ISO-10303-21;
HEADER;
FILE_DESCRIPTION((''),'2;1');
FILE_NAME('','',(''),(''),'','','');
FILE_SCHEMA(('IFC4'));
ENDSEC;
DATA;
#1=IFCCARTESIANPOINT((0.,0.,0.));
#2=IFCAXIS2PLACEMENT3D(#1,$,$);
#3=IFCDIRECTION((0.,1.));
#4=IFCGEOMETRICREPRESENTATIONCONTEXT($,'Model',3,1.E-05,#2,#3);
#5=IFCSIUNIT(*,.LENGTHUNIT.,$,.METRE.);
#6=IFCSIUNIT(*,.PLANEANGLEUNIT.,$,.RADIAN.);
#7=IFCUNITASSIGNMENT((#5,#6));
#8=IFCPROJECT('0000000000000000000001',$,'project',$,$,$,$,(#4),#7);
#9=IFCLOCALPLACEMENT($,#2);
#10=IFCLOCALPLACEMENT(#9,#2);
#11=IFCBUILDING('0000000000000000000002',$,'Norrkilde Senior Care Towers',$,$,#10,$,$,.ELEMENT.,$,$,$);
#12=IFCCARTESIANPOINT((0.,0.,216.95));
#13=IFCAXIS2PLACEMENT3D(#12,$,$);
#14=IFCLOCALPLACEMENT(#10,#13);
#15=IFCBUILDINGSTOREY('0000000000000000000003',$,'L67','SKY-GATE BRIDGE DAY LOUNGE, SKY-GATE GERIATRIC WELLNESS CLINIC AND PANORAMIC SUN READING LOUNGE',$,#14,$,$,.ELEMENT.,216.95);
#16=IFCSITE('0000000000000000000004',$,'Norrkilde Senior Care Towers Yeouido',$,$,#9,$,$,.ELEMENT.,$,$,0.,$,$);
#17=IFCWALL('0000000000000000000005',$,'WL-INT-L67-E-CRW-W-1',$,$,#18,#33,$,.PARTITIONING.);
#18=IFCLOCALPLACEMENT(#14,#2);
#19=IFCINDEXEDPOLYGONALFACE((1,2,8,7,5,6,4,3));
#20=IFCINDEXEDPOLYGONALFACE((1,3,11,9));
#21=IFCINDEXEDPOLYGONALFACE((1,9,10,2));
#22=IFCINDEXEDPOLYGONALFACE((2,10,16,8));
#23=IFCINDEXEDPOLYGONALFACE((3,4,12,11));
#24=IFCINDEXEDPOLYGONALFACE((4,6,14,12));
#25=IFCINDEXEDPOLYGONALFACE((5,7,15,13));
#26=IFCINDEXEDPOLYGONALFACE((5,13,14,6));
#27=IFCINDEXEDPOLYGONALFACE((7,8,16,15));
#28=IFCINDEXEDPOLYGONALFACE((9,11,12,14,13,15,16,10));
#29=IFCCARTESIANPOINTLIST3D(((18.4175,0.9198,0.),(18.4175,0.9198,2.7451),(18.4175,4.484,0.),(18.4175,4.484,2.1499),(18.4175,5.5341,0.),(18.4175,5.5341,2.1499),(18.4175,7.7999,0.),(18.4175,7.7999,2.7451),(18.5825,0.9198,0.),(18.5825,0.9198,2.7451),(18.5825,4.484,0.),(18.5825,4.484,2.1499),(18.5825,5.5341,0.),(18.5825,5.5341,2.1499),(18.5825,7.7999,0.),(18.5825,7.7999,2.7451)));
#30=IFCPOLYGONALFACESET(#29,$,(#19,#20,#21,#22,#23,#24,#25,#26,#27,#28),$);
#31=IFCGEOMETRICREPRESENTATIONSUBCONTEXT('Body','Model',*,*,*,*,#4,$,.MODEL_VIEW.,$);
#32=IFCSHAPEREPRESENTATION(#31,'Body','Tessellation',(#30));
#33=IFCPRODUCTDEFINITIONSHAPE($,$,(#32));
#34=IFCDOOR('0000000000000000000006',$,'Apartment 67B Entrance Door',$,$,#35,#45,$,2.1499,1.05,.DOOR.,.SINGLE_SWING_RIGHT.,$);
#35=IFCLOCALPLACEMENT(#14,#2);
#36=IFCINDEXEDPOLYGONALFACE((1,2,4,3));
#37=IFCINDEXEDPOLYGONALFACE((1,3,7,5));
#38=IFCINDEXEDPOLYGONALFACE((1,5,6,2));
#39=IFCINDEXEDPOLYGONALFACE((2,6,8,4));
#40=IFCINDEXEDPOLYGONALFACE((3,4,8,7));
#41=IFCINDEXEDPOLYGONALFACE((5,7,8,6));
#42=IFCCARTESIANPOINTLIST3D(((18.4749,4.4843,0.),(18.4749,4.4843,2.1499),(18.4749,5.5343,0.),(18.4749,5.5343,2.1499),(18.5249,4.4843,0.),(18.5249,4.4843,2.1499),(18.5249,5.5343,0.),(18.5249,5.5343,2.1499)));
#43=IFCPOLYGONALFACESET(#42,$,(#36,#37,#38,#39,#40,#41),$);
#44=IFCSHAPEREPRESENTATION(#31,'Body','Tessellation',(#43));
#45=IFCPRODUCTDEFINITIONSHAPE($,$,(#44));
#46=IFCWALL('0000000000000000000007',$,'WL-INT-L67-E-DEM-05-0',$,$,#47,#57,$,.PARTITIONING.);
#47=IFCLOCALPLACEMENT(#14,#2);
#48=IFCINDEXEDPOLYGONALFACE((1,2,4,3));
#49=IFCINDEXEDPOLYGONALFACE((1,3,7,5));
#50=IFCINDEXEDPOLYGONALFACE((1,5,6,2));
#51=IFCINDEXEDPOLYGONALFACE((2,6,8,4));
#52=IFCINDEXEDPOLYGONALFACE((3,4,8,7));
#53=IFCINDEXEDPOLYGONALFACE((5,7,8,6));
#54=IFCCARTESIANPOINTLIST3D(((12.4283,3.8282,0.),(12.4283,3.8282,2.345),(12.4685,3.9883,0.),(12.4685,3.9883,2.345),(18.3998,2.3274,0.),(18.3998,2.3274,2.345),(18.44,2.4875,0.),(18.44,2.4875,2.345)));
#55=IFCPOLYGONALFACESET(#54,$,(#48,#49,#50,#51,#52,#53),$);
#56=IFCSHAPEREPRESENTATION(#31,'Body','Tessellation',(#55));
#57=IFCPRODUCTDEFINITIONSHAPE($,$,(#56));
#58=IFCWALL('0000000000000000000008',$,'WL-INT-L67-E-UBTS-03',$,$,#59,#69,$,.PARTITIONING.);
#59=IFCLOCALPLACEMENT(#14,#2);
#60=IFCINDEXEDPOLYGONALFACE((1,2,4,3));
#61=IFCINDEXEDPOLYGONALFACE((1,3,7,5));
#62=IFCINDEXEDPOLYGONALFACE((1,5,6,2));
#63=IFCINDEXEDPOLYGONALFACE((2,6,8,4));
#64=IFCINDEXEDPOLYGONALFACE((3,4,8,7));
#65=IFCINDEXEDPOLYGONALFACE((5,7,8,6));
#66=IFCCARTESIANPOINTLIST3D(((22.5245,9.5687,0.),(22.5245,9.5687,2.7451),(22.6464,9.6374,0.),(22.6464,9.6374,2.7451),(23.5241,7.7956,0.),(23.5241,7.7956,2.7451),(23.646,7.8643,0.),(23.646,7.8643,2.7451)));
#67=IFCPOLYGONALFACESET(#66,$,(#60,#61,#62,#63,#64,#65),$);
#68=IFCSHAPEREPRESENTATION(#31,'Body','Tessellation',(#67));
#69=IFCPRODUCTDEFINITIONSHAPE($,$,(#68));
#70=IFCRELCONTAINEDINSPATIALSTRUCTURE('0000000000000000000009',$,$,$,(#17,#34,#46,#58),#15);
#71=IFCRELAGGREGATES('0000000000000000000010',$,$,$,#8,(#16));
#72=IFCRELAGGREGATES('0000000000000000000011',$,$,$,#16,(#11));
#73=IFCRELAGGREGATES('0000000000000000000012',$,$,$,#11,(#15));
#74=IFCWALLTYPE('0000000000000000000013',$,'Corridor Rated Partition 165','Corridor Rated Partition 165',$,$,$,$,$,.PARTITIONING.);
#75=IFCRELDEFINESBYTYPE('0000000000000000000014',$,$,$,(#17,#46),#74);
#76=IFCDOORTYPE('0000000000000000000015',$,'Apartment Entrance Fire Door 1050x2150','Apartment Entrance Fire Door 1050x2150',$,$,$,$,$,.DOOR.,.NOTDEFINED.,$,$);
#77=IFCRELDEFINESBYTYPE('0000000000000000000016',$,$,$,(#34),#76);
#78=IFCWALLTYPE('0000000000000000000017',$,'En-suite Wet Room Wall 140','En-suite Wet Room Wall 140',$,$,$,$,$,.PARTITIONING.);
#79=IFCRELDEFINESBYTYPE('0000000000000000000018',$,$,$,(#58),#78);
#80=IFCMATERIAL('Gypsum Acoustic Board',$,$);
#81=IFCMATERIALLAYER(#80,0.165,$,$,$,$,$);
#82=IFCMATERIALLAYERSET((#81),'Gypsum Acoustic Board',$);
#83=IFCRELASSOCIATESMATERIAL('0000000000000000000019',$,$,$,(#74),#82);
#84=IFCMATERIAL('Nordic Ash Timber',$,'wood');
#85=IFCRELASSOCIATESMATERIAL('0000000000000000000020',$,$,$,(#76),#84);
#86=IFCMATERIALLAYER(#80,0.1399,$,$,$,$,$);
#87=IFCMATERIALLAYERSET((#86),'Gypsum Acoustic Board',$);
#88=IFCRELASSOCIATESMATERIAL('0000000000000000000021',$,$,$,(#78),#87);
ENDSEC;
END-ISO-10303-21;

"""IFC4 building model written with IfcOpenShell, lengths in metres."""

from ifc_helpers import new_model, si_unit, direction, frame, frame_2d, origin, place, context, subcontext, project, spatial, rectangle, extrude, source, transform, mapped, material, layer, layer_set, type_object, type_shapes, element, fill, save


model = new_model("IFC4")

# Units and contexts
model_context = context("Model", 3, precision=1e-05, world=origin(), true_north=direction((0.0, 1.0)))
body_context = subcontext(model_context, "Body", "Model", "MODEL_VIEW")
ifc_project = project(units=[si_unit("LENGTHUNIT", "METRE"), si_unit("PLANEANGLEUNIT", "RADIAN")], contexts=[model_context])

# Site, building, storey
site_placement = place(None, origin())
site = spatial("IfcSite", under=ifc_project, at=site_placement, Name="Norrkilde Senior Care Towers Yeouido", CompositionType="ELEMENT", RefElevation=0.0)
building_placement = place(site_placement, origin())
building = spatial("IfcBuilding", under=site, at=building_placement, Name="Norrkilde Senior Care Towers", CompositionType="ELEMENT")
storey_placement = place(building_placement, frame((0.0, 0.0, 216.95)))
storey = spatial("IfcBuildingStorey", under=building, at=storey_placement, Name="L67", Description="SKY-GATE BRIDGE DAY LOUNGE, SKY-GATE GERIATRIC WELLNESS CLINIC AND PANORAMIC SUN READING LOUNGE", CompositionType="ELEMENT", Elevation=216.95)

# Shared definitions
ifc_material_1 = material(Name="Gypsum Acoustic Board")
ifc_layer_1 = layer(ifc_material_1, 0.165)
ifc_layer_set_1 = layer_set([ifc_layer_1], Name="Gypsum Acoustic Board")
wall_type_1 = type_object("IfcWallType", Name="Corridor Rated Partition 165", Description="Corridor Rated Partition 165", PredefinedType="PARTITIONING", material=ifc_layer_set_1)

# Wall, opening, door
shared_shape_1 = source(origin(), body_context, "Body", "SweptSolid", [
    extrude(rectangle(XDim=6.8801, YDim=0.165, at=frame_2d((3.4399, 0.0))), origin(), (0.0, 0.0, 1.0), 2.7451),
])
wall_1_placement = place(storey_placement, frame((18.5, 0.9199, 0.0), z_axis=(0.0, 0.0, 1.0), x_axis=(0.0, 1.0, 0.0)))
wall_1 = element("IfcWall", 1, at=wall_1_placement, inside=storey, type_object=wall_type_1, Name="WL-INT-L67-E-CRW-W-1", PredefinedType="PARTITIONING", context=body_context, shape_type="MappedRepresentation", body=[
    mapped(shared_shape_1, transform((0.0, 0.0, 0.0), x_axis=(1.0, 0.0, 0.0), y_axis=(0.0, 1.0, 0.0), z_axis=(0.0, 0.0, 1.0), scale=1.0)),
])
opening_1_placement = place(wall_1_placement, frame((3.5642, 0.0, 0.0)))
opening_1 = element("IfcOpeningElement", 2, at=opening_1_placement, cuts=wall_1, PredefinedType="OPENING", context=body_context, shape_type="SweptSolid", body=[
    extrude(rectangle(XDim=1.05, YDim=2.1499, at=frame_2d((0.5249, 1.075))), frame((0.0, 0.0925, 0.0), z_axis=(0.0, -1.0, 0.0), x_axis=(1.0, 0.0, 0.0)), (0.0, 0.0, 1.0), 0.1851),
])
ifc_material_2 = material(Name="Nordic Ash Timber", Category="wood")
door_type_1 = type_object("IfcDoorType", Name="Apartment Entrance Fire Door 1050x2150", Description="Apartment Entrance Fire Door 1050x2150", OperationType="NOTDEFINED", PredefinedType="DOOR", material=ifc_material_2)
shared_shape_2 = source(origin(), body_context, "Body", "SweptSolid", [
    extrude(rectangle(XDim=1.05, YDim=2.1499, at=frame_2d((0.5249, 1.075))), frame((0.0, 0.0249, 0.0), z_axis=(0.0, -1.0, 0.0), x_axis=(1.0, 0.0, 0.0)), (0.0, 0.0, 1.0), 0.05),
])
type_shapes(door_type_1, [shared_shape_2])
door_1_placement = place(opening_1_placement, frame((1.05, 0.0, 0.0), z_axis=(0.0, 0.0, 1.0), x_axis=(-1.0, 0.0, 0.0)))
door_1 = element("IfcDoor", 3, at=door_1_placement, inside=storey, type_object=door_type_1, Name="Apartment 67B Entrance Door", OperationType="SINGLE_SWING_RIGHT", OverallHeight=2.1499, OverallWidth=1.05, PredefinedType="DOOR", context=body_context, shape_type="MappedRepresentation", body=[
    mapped(shared_shape_2, transform((0.0, 0.0, 0.0), x_axis=(1.0, 0.0, 0.0), y_axis=(0.0, 1.0, 0.0), z_axis=(0.0, 0.0, 1.0), scale=1.0)),
])
fill(opening_1, door_1)

# Walls
shared_shape_3 = source(origin(), body_context, "Body", "SweptSolid", [
    extrude(rectangle(XDim=6.1572, YDim=0.165, at=frame_2d((3.0786, 0.0))), origin(), (0.0, 0.0, 1.0), 2.345),
])
wall_2_placement = place(storey_placement, frame((18.4199, 2.4075, 0.0), z_axis=(0.0, 0.0, 1.0), x_axis=(-0.969841, 0.243739, 0.0)))
element("IfcWall", 4, at=wall_2_placement, inside=storey, type_object=wall_type_1, Name="WL-INT-L67-E-DEM-05-0", PredefinedType="PARTITIONING", context=body_context, shape_type="MappedRepresentation", body=[
    mapped(shared_shape_3, transform((0.0, 0.0, 0.0), x_axis=(1.0, 0.0, 0.0), y_axis=(0.0, 1.0, 0.0), z_axis=(0.0, 0.0, 1.0), scale=1.0)),
])
ifc_layer_2 = layer(ifc_material_1, 0.1399)
ifc_layer_set_2 = layer_set([ifc_layer_2], Name="Gypsum Acoustic Board")
wall_type_2 = type_object("IfcWallType", Name="En-suite Wet Room Wall 140", Description="En-suite Wet Room Wall 140", PredefinedType="PARTITIONING", material=ifc_layer_set_2)
shared_shape_4 = source(origin(), body_context, "Body", "SweptSolid", [
    extrude(rectangle(XDim=2.0354, YDim=0.1399, at=frame_2d((1.0176, 0.0))), origin(), (0.0, 0.0, 1.0), 2.7451),
])
type_shapes(wall_type_2, [shared_shape_4])
wall_3_placement = place(storey_placement, frame((23.585, 7.8301, 0.0), z_axis=(0.0, 0.0, 1.0), x_axis=(-0.491093, 0.871107, 0.0)))
element("IfcWall", 5, at=wall_3_placement, inside=storey, type_object=wall_type_2, Name="WL-INT-L67-E-UBTS-03", PredefinedType="PARTITIONING", context=body_context, shape_type="MappedRepresentation", body=[
    mapped(shared_shape_4, transform((0.0, 0.0, 0.0), x_axis=(1.0, 0.0, 0.0), y_axis=(0.0, 1.0, 0.0), z_axis=(0.0, 0.0, 1.0), scale=1.0)),
])

save(model, "model.ifc")
